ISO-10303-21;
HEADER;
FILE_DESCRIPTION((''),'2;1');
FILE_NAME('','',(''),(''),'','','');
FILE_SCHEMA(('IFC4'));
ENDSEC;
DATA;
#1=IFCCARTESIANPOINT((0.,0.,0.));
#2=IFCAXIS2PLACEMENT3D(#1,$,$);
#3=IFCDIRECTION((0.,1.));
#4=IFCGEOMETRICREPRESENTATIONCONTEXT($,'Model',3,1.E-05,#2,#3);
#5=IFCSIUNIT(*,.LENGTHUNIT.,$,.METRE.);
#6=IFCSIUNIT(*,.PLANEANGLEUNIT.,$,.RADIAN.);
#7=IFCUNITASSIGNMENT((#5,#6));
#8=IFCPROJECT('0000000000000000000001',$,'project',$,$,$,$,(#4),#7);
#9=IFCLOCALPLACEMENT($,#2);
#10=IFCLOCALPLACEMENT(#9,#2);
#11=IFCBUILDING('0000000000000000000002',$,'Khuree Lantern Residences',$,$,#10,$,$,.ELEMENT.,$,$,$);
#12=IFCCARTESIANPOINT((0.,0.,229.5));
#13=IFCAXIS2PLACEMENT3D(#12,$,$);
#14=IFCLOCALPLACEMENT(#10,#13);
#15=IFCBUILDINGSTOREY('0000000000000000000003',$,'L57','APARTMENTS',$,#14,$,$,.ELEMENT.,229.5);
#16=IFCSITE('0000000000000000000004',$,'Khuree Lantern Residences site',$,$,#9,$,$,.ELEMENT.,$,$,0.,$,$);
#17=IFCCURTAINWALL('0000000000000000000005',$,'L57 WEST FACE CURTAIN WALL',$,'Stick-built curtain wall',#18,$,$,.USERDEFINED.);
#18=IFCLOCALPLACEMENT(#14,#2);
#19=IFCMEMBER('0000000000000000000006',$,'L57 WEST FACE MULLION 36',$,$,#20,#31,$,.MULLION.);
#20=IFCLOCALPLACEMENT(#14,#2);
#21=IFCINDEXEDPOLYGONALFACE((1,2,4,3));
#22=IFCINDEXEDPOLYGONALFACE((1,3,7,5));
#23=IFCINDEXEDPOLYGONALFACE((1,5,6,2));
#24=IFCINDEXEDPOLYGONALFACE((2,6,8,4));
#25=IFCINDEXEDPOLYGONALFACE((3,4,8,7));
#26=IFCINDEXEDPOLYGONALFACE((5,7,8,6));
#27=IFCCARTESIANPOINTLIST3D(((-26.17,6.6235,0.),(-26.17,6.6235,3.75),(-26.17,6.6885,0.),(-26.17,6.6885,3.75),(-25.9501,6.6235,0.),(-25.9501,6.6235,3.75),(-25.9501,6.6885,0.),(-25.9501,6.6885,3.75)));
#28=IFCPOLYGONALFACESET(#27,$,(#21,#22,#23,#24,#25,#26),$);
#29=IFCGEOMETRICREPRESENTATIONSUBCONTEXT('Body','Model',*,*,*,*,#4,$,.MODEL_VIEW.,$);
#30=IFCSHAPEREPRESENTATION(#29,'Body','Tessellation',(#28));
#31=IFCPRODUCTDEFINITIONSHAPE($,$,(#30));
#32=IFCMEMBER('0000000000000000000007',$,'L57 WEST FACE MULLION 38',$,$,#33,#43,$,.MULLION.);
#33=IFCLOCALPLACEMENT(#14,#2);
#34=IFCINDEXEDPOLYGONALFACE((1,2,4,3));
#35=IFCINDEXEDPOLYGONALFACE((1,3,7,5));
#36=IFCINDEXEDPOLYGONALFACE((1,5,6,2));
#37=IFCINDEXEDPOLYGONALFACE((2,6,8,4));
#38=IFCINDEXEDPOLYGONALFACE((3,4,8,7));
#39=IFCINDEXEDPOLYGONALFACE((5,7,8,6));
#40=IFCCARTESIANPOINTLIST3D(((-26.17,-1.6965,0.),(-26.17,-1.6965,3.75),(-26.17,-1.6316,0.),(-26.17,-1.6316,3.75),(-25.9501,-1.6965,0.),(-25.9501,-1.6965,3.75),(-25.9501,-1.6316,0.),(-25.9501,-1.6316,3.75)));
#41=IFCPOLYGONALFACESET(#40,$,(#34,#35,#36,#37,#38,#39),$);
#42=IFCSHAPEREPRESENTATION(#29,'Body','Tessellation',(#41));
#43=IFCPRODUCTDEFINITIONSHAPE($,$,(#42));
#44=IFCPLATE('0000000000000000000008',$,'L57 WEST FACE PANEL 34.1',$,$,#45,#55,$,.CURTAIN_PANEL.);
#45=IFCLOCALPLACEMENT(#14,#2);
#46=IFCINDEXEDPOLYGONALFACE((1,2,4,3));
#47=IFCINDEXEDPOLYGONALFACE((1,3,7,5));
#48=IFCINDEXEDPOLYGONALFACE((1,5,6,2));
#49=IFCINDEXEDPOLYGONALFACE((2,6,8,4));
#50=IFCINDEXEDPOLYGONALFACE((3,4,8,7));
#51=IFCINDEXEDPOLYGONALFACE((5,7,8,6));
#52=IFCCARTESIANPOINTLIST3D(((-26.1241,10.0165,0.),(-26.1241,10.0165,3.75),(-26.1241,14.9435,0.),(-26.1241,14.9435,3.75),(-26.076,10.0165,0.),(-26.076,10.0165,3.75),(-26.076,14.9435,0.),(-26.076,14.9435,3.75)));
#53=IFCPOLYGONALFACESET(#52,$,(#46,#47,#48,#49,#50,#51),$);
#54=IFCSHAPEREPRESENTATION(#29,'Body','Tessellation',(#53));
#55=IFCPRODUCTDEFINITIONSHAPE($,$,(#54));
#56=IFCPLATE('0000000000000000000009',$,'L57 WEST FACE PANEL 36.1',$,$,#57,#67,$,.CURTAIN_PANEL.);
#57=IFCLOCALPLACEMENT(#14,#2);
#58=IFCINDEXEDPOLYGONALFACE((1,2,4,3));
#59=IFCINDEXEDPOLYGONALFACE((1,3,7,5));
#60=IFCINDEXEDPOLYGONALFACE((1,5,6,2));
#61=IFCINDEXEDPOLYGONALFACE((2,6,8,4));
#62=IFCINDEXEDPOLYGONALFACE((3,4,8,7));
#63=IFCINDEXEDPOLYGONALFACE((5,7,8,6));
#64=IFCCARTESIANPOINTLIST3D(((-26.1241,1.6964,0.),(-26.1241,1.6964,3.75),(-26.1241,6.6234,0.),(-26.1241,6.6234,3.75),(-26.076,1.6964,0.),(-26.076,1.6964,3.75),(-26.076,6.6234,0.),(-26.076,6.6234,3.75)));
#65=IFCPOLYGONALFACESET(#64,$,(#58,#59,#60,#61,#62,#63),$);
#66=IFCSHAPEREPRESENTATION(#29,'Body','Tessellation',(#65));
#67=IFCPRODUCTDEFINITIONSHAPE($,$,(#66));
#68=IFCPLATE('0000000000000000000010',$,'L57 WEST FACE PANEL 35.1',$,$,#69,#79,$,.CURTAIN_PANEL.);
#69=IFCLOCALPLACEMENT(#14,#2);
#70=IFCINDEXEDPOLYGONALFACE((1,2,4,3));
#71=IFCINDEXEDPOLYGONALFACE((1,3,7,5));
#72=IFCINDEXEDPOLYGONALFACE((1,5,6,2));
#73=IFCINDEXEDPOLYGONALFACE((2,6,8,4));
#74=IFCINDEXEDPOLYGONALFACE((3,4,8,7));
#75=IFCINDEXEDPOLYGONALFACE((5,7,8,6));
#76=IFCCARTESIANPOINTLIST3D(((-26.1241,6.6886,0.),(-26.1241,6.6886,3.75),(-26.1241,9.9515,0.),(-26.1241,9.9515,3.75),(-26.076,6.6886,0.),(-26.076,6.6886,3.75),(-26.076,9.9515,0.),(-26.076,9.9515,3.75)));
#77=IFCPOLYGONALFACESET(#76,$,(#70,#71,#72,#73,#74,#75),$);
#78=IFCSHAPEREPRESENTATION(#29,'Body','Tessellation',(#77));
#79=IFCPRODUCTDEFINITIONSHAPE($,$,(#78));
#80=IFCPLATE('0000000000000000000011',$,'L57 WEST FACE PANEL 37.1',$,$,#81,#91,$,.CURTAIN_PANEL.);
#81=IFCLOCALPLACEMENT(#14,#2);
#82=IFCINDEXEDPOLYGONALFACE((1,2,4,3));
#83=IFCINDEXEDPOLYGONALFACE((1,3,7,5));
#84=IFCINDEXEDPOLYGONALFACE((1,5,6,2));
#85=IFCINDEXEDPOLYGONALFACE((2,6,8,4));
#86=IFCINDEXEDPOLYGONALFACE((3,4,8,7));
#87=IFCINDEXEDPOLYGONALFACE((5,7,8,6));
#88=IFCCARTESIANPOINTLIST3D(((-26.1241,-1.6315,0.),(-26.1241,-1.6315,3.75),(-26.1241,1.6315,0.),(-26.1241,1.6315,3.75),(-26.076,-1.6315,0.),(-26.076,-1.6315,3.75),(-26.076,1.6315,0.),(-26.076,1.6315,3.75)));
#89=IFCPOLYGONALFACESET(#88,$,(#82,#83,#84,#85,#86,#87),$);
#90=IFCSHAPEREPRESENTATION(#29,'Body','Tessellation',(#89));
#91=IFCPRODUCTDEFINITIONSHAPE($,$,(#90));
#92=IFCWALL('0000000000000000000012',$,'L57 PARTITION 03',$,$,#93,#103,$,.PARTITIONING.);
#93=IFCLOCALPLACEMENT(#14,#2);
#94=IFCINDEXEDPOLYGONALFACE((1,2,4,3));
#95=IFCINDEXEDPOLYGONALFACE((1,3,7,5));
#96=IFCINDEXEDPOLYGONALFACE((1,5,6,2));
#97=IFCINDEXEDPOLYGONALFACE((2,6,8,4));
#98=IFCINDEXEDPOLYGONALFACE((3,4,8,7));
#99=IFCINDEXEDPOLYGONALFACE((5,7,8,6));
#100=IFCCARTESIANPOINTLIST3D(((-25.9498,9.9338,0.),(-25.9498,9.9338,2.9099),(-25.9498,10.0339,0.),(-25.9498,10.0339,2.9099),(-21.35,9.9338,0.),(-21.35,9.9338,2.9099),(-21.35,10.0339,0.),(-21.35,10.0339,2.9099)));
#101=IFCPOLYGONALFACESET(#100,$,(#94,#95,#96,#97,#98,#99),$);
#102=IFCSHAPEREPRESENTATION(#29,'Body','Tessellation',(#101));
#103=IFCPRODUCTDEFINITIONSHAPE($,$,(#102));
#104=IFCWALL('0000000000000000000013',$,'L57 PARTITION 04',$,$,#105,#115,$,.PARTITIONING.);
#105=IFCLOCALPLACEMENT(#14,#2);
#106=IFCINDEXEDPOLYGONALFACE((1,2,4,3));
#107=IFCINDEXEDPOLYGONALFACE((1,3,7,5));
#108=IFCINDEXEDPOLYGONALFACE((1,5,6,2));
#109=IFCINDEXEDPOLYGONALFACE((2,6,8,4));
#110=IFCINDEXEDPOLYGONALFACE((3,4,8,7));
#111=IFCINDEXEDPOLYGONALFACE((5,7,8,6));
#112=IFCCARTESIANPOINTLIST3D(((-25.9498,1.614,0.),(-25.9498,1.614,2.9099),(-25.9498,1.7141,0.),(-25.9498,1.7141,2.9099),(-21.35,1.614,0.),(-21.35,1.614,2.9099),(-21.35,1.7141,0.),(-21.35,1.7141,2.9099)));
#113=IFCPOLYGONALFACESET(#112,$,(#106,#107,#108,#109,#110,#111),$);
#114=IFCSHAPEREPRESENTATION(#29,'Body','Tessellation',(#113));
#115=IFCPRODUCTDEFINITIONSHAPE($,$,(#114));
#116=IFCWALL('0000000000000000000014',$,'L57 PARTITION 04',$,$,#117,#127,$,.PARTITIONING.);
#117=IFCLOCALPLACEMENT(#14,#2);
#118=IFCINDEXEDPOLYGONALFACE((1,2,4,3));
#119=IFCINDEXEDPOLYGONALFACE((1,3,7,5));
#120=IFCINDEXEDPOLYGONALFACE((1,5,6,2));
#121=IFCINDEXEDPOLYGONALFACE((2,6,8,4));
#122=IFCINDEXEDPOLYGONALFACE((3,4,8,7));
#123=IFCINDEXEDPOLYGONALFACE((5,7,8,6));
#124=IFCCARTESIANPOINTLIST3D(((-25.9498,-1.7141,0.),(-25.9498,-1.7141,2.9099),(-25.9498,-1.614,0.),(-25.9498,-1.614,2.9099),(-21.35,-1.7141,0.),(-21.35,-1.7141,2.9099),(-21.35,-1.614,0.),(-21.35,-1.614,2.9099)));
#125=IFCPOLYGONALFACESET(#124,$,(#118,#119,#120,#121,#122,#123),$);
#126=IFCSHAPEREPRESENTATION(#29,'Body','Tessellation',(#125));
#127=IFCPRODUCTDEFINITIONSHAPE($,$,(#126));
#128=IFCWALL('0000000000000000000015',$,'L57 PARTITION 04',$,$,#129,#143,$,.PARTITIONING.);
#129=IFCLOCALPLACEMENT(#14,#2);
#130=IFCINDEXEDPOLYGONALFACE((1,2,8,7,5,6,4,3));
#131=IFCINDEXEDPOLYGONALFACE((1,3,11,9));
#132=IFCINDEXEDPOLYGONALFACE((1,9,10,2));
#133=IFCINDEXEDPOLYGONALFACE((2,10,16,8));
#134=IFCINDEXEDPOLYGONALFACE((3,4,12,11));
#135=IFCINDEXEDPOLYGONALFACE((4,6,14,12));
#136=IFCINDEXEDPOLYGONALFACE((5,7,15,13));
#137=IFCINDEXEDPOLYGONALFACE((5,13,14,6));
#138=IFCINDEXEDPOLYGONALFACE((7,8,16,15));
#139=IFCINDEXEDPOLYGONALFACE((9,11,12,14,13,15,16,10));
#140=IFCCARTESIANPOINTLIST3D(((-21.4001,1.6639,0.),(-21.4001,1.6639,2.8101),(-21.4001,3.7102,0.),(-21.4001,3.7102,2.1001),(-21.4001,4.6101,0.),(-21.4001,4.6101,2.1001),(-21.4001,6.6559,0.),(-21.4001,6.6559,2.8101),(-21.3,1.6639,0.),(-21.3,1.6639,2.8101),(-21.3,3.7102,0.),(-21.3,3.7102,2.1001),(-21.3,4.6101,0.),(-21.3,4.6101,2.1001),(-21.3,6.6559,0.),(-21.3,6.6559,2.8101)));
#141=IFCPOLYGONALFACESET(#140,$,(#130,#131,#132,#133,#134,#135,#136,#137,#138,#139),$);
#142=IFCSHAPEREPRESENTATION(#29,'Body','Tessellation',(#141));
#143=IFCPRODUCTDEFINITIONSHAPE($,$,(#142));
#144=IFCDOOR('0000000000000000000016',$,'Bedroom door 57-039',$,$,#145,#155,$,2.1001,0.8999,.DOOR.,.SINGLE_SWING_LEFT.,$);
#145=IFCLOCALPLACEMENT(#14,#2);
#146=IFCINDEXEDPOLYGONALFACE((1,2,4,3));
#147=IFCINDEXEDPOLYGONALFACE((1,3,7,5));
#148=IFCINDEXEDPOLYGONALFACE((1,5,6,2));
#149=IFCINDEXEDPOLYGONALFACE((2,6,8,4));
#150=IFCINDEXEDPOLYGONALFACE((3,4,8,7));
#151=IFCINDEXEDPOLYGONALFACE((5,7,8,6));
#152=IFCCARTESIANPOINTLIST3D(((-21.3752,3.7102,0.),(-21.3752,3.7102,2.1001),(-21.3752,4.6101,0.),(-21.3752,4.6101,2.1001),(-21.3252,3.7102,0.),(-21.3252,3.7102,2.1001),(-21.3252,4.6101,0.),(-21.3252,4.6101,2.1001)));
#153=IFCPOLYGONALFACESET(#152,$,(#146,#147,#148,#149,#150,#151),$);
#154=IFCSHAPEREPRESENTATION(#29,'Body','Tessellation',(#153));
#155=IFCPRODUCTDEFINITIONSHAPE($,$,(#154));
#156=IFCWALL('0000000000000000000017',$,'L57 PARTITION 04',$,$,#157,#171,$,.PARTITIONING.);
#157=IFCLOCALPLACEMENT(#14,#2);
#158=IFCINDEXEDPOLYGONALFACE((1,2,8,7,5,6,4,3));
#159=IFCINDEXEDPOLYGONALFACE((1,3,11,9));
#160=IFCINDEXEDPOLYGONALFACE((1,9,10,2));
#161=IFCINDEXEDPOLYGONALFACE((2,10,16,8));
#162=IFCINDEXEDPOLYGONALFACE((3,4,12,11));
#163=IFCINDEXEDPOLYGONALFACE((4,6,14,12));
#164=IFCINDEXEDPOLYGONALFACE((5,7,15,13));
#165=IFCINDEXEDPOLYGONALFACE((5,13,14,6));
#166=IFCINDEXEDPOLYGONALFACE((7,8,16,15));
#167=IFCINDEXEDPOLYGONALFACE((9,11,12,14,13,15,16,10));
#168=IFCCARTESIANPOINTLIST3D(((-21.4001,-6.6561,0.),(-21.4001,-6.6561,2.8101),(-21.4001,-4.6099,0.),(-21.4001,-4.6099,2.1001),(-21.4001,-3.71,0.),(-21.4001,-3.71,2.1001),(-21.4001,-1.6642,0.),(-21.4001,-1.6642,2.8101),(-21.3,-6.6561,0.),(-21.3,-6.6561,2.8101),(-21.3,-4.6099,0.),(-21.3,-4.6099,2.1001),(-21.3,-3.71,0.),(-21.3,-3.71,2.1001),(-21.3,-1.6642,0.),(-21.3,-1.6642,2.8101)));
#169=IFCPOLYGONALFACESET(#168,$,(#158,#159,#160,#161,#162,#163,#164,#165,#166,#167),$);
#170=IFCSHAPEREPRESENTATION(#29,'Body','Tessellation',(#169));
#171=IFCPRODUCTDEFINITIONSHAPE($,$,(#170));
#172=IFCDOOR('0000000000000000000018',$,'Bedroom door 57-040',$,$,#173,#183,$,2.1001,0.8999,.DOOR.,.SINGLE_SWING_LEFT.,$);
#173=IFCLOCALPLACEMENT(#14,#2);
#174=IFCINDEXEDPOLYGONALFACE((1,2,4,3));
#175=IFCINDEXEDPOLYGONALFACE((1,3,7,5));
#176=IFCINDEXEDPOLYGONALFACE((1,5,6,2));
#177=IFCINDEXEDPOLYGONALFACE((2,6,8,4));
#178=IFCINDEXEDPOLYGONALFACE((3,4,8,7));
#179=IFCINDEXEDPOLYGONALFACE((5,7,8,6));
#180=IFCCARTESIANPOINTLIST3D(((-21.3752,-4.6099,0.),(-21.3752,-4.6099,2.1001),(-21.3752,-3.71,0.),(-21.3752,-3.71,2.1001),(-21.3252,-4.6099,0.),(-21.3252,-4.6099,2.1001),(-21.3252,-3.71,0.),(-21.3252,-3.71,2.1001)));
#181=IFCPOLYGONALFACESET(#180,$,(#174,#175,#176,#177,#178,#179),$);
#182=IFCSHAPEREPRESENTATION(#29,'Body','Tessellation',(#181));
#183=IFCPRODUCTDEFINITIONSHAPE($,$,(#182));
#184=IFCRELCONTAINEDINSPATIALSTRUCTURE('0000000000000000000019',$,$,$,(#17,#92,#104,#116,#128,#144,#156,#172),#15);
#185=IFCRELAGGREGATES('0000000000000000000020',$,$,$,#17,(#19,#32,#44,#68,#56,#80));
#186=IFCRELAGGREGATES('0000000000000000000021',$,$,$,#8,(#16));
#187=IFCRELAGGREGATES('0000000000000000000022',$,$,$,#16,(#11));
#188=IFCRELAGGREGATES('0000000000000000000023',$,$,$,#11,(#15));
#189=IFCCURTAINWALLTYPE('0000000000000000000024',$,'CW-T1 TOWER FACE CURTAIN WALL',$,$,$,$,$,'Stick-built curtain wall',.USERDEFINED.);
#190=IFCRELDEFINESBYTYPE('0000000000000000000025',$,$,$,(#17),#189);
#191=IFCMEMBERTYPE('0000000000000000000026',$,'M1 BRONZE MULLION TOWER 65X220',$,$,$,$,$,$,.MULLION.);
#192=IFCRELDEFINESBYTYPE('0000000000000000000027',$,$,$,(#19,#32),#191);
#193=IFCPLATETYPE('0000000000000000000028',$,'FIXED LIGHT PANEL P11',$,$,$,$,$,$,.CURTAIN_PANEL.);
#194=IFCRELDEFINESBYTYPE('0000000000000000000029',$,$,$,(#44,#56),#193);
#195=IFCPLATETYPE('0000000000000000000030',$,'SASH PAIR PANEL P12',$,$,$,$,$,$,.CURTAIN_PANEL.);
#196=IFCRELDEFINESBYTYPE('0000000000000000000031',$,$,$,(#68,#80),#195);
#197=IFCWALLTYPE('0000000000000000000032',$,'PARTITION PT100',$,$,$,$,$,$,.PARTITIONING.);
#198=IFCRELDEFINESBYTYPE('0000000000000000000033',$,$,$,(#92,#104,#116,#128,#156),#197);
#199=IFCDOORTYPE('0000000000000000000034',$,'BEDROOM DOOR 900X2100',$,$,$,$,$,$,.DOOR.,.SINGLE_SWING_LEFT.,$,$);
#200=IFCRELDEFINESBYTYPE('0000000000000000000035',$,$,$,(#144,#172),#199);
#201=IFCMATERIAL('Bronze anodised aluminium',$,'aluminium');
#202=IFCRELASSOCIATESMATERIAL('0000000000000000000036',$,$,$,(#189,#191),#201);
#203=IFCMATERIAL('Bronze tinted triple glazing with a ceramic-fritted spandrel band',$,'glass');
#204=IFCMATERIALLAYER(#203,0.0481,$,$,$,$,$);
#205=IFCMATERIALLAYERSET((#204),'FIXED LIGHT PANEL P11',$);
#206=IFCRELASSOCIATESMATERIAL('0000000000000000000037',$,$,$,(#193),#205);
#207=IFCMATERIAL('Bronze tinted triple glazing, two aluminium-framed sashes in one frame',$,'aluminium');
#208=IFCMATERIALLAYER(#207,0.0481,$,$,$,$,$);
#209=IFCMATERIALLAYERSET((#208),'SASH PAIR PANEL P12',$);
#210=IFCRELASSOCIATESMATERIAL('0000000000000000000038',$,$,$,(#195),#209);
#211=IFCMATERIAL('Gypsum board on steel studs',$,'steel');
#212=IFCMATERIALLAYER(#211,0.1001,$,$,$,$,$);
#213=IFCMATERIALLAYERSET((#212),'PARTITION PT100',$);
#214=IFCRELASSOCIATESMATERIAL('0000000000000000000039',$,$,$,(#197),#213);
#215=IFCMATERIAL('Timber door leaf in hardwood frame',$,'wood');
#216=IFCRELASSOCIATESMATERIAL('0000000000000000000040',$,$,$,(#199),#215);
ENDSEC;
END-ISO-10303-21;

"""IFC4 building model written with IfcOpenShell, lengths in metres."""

from ifc_helpers import new_model, si_unit, direction, frame, frame_2d, origin, origin_2d, place, context, subcontext, project, spatial, rectangle, extrude, material, layer, layer_set, material_profile, profile_set, type_object, element, fill, aggregate, save


model = new_model("IFC4")

# Units and contexts
model_context = context("Model", 3, precision=1e-05, world=origin(), true_north=direction((0.0, 1.0)))
body_context = subcontext(model_context, "Body", "Model", "MODEL_VIEW")
ifc_project = project(units=[si_unit("LENGTHUNIT", "METRE"), si_unit("PLANEANGLEUNIT", "RADIAN")], contexts=[model_context])

# Site, building, storey
site_placement = place(None, origin())
site = spatial("IfcSite", under=ifc_project, at=site_placement, Name="Khuree Lantern Residences site", CompositionType="ELEMENT", RefElevation=0.0)
building_placement = place(site_placement, origin())
building = spatial("IfcBuilding", under=site, at=building_placement, Name="Khuree Lantern Residences", CompositionType="ELEMENT")
storey_placement = place(building_placement, frame((0.0, 0.0, 229.5)))
storey = spatial("IfcBuildingStorey", under=building, at=storey_placement, Name="L57", Description="APARTMENTS", CompositionType="ELEMENT", Elevation=229.5)

# Curtain wall
ifc_material_1 = material(Name="Bronze anodised aluminium", Category="aluminium")
curtain_wall_type = type_object("IfcCurtainWallType", Name="CW-T1 TOWER FACE CURTAIN WALL", ElementType="Stick-built curtain wall", PredefinedType="USERDEFINED", material=ifc_material_1)
curtain_wall_placement = place(storey_placement, origin())
curtain_wall = element("IfcCurtainWall", 1, at=curtain_wall_placement, inside=storey, type_object=curtain_wall_type, Name="L57 WEST FACE CURTAIN WALL", ObjectType="Stick-built curtain wall", PredefinedType="USERDEFINED")

# Members
ifc_material_profile_1 = material_profile(ifc_material_1, rectangle(XDim=0.0649, YDim=0.22, at=origin_2d()), Name="M1 65X220")
ifc_profile_set_1 = profile_set([ifc_material_profile_1], Name="Bronze anodised aluminium")
member_type_1 = type_object("IfcMemberType", Name="M1 BRONZE MULLION TOWER 65X220", PredefinedType="MULLION", material=ifc_profile_set_1)
member_1_placement = place(storey_placement, frame((-26.0601, 6.656, 0.0), z_axis=(0.0, 0.0, 1.0), x_axis=(0.0, -1.0, 0.0)))
member_1 = element("IfcMember", 2, at=member_1_placement, type_object=member_type_1, Name="L57 WEST FACE MULLION 36", PredefinedType="MULLION", context=body_context, shape_type="SweptSolid", body=[
    extrude(rectangle(XDim=0.0649, YDim=0.22, at=origin_2d()), origin(), (0.0, 0.0, 1.0), 3.75),
])
member_2_placement = place(storey_placement, frame((-26.0601, -1.6641, 0.0), z_axis=(0.0, 0.0, 1.0), x_axis=(0.0, -1.0, 0.0)))
member_2 = element("IfcMember", 3, at=member_2_placement, type_object=member_type_1, Name="L57 WEST FACE MULLION 38", PredefinedType="MULLION", context=body_context, shape_type="SweptSolid", body=[
    extrude(rectangle(XDim=0.0649, YDim=0.22, at=origin_2d()), origin(), (0.0, 0.0, 1.0), 3.75),
])

# Plates
ifc_material_2 = material(Name="Bronze tinted triple glazing with a ceramic-fritted spandrel band", Category="glass")
ifc_layer_1 = layer(ifc_material_2, 0.0481)
ifc_layer_set_1 = layer_set([ifc_layer_1], Name="FIXED LIGHT PANEL P11")
plate_type_1 = type_object("IfcPlateType", Name="FIXED LIGHT PANEL P11", PredefinedType="CURTAIN_PANEL", material=ifc_layer_set_1)
plate_1_placement = place(storey_placement, frame((-26.1001, 12.48, 0.0), z_axis=(0.0, 0.0, 1.0), x_axis=(0.0, -1.0, 0.0)))
plate_1 = element("IfcPlate", 4, at=plate_1_placement, type_object=plate_type_1, Name="L57 WEST FACE PANEL 34.1", PredefinedType="CURTAIN_PANEL", context=body_context, shape_type="SweptSolid", body=[
    extrude(rectangle(XDim=4.927, YDim=0.0481, at=origin_2d()), origin(), (0.0, 0.0, 1.0), 3.75),
])
plate_2_placement = place(storey_placement, frame((-26.1001, 4.1599, 0.0), z_axis=(0.0, 0.0, 1.0), x_axis=(0.0, -1.0, 0.0)))
plate_2 = element("IfcPlate", 5, at=plate_2_placement, type_object=plate_type_1, Name="L57 WEST FACE PANEL 36.1", PredefinedType="CURTAIN_PANEL", context=body_context, shape_type="SweptSolid", body=[
    extrude(rectangle(XDim=4.927, YDim=0.0481, at=origin_2d()), origin(), (0.0, 0.0, 1.0), 3.75),
])
ifc_material_3 = material(Name="Bronze tinted triple glazing, two aluminium-framed sashes in one frame", Category="aluminium")
ifc_layer_2 = layer(ifc_material_3, 0.0481)
ifc_layer_set_2 = layer_set([ifc_layer_2], Name="SASH PAIR PANEL P12")
plate_type_2 = type_object("IfcPlateType", Name="SASH PAIR PANEL P12", PredefinedType="CURTAIN_PANEL", material=ifc_layer_set_2)
plate_3_placement = place(storey_placement, frame((-26.1001, 8.3201, 0.0), z_axis=(0.0, 0.0, 1.0), x_axis=(0.0, -1.0, 0.0)))
plate_3 = element("IfcPlate", 6, at=plate_3_placement, type_object=plate_type_2, Name="L57 WEST FACE PANEL 35.1", PredefinedType="CURTAIN_PANEL", context=body_context, shape_type="SweptSolid", body=[
    extrude(rectangle(XDim=3.2629, YDim=0.0481, at=origin_2d()), origin(), (0.0, 0.0, 1.0), 3.75),
])
plate_4_placement = place(storey_placement, frame((-26.1001, 0.0, 0.0), z_axis=(0.0, 0.0, 1.0), x_axis=(0.0, -1.0, 0.0)))
plate_4 = element("IfcPlate", 7, at=plate_4_placement, type_object=plate_type_2, Name="L57 WEST FACE PANEL 37.1", PredefinedType="CURTAIN_PANEL", context=body_context, shape_type="SweptSolid", body=[
    extrude(rectangle(XDim=3.2629, YDim=0.0481, at=origin_2d()), origin(), (0.0, 0.0, 1.0), 3.75),
])
aggregate(curtain_wall, [member_1, member_2, plate_1, plate_3, plate_2, plate_4])

# Walls
ifc_material_4 = material(Name="Gypsum board on steel studs", Category="steel")
ifc_layer_3 = layer(ifc_material_4, 0.1001)
ifc_layer_set_3 = layer_set([ifc_layer_3], Name="PARTITION PT100")
wall_type = type_object("IfcWallType", Name="PARTITION PT100", PredefinedType="PARTITIONING", material=ifc_layer_set_3)
for number, where, z_axis, x_axis, name in (
    (8, (-21.3501, 9.9839, 0.0), (0.0, 0.0, 1.0), (-1.0, 0.0, 0.0), "L57 PARTITION 03"),
    (9, (-21.3501, 1.6641, 0.0), (0.0, 0.0, 1.0), (-1.0, 0.0, 0.0), "L57 PARTITION 04"),
    (10, (-21.3501, -1.6641, 0.0), (0.0, 0.0, 1.0), (-1.0, 0.0, 0.0), "L57 PARTITION 04"),
):
    element("IfcWall", number, at=place(storey_placement, frame(where, z_axis=z_axis, x_axis=x_axis)), inside=storey, type_object=wall_type, Name=name, PredefinedType="PARTITIONING", context=body_context, shape_type="SweptSolid", body=[
        extrude(rectangle(XDim=4.5999, YDim=0.1001, at=frame_2d((2.2998, 0.0))), origin(), (0.0, 0.0, 1.0), 2.9099),
    ])

# Walls, openings, doors
wall_1_placement = place(storey_placement, frame((-21.3501, 6.656, 0.0), z_axis=(0.0, 0.0, 1.0), x_axis=(0.0, -1.0, 0.0)))
wall_1 = element("IfcWall", 11, at=wall_1_placement, inside=storey, type_object=wall_type, Name="L57 PARTITION 04", PredefinedType="PARTITIONING", context=body_context, shape_type="SweptSolid", body=[
    extrude(rectangle(XDim=4.9919, YDim=0.1001, at=frame_2d((2.4961, 0.0))), origin(), (0.0, 0.0, 1.0), 2.8101),
])
opening_1_placement = place(wall_1_placement, frame((2.0459, 0.0, 0.0)))
opening_1 = element("IfcOpeningElement", 12, at=opening_1_placement, cuts=wall_1, PredefinedType="OPENING", context=body_context, shape_type="SweptSolid", body=[
    extrude(rectangle(XDim=0.8999, YDim=2.1001, at=frame_2d((0.45, 1.05))), frame((0.0, 0.0601, 0.0), z_axis=(0.0, -1.0, 0.0), x_axis=(1.0, 0.0, 0.0)), (0.0, 0.0, 1.0), 0.1201),
])
ifc_material_5 = material(Name="Timber door leaf in hardwood frame", Category="wood")
door_type = type_object("IfcDoorType", Name="BEDROOM DOOR 900X2100", OperationType="SINGLE_SWING_LEFT", PredefinedType="DOOR", material=ifc_material_5)
door_1_placement = place(opening_1_placement, origin())
door_1 = element("IfcDoor", 13, at=door_1_placement, inside=storey, type_object=door_type, Name="Bedroom door 57-039", OperationType="SINGLE_SWING_LEFT", OverallHeight=2.1001, OverallWidth=0.8999, PredefinedType="DOOR", context=body_context, shape_type="SweptSolid", body=[
    extrude(rectangle(XDim=0.8999, YDim=2.1001, at=frame_2d((0.45, 1.05))), frame((0.0, 0.0249, 0.0), z_axis=(0.0, -1.0, 0.0), x_axis=(1.0, 0.0, 0.0)), (0.0, 0.0, 1.0), 0.05),
])
fill(opening_1, door_1)
wall_2_placement = place(storey_placement, frame((-21.3501, -1.6641, 0.0), z_axis=(0.0, 0.0, 1.0), x_axis=(0.0, -1.0, 0.0)))
wall_2 = element("IfcWall", 14, at=wall_2_placement, inside=storey, type_object=wall_type, Name="L57 PARTITION 04", PredefinedType="PARTITIONING", context=body_context, shape_type="SweptSolid", body=[
    extrude(rectangle(XDim=4.9919, YDim=0.1001, at=frame_2d((2.4961, 0.0))), origin(), (0.0, 0.0, 1.0), 2.8101),
])
opening_2_placement = place(wall_2_placement, frame((2.0459, 0.0, 0.0)))
opening_2 = element("IfcOpeningElement", 15, at=opening_2_placement, cuts=wall_2, PredefinedType="OPENING", context=body_context, shape_type="SweptSolid", body=[
    extrude(rectangle(XDim=0.8999, YDim=2.1001, at=frame_2d((0.45, 1.05))), frame((0.0, 0.0601, 0.0), z_axis=(0.0, -1.0, 0.0), x_axis=(1.0, 0.0, 0.0)), (0.0, 0.0, 1.0), 0.1201),
])
door_2_placement = place(opening_2_placement, origin())
door_2 = element("IfcDoor", 16, at=door_2_placement, inside=storey, type_object=door_type, Name="Bedroom door 57-040", OperationType="SINGLE_SWING_LEFT", OverallHeight=2.1001, OverallWidth=0.8999, PredefinedType="DOOR", context=body_context, shape_type="SweptSolid", body=[
    extrude(rectangle(XDim=0.8999, YDim=2.1001, at=frame_2d((0.45, 1.05))), frame((0.0, 0.0249, 0.0), z_axis=(0.0, -1.0, 0.0), x_axis=(1.0, 0.0, 0.0)), (0.0, 0.0, 1.0), 0.05),
])
fill(opening_2, door_2)

save(model, "model.ifc")
